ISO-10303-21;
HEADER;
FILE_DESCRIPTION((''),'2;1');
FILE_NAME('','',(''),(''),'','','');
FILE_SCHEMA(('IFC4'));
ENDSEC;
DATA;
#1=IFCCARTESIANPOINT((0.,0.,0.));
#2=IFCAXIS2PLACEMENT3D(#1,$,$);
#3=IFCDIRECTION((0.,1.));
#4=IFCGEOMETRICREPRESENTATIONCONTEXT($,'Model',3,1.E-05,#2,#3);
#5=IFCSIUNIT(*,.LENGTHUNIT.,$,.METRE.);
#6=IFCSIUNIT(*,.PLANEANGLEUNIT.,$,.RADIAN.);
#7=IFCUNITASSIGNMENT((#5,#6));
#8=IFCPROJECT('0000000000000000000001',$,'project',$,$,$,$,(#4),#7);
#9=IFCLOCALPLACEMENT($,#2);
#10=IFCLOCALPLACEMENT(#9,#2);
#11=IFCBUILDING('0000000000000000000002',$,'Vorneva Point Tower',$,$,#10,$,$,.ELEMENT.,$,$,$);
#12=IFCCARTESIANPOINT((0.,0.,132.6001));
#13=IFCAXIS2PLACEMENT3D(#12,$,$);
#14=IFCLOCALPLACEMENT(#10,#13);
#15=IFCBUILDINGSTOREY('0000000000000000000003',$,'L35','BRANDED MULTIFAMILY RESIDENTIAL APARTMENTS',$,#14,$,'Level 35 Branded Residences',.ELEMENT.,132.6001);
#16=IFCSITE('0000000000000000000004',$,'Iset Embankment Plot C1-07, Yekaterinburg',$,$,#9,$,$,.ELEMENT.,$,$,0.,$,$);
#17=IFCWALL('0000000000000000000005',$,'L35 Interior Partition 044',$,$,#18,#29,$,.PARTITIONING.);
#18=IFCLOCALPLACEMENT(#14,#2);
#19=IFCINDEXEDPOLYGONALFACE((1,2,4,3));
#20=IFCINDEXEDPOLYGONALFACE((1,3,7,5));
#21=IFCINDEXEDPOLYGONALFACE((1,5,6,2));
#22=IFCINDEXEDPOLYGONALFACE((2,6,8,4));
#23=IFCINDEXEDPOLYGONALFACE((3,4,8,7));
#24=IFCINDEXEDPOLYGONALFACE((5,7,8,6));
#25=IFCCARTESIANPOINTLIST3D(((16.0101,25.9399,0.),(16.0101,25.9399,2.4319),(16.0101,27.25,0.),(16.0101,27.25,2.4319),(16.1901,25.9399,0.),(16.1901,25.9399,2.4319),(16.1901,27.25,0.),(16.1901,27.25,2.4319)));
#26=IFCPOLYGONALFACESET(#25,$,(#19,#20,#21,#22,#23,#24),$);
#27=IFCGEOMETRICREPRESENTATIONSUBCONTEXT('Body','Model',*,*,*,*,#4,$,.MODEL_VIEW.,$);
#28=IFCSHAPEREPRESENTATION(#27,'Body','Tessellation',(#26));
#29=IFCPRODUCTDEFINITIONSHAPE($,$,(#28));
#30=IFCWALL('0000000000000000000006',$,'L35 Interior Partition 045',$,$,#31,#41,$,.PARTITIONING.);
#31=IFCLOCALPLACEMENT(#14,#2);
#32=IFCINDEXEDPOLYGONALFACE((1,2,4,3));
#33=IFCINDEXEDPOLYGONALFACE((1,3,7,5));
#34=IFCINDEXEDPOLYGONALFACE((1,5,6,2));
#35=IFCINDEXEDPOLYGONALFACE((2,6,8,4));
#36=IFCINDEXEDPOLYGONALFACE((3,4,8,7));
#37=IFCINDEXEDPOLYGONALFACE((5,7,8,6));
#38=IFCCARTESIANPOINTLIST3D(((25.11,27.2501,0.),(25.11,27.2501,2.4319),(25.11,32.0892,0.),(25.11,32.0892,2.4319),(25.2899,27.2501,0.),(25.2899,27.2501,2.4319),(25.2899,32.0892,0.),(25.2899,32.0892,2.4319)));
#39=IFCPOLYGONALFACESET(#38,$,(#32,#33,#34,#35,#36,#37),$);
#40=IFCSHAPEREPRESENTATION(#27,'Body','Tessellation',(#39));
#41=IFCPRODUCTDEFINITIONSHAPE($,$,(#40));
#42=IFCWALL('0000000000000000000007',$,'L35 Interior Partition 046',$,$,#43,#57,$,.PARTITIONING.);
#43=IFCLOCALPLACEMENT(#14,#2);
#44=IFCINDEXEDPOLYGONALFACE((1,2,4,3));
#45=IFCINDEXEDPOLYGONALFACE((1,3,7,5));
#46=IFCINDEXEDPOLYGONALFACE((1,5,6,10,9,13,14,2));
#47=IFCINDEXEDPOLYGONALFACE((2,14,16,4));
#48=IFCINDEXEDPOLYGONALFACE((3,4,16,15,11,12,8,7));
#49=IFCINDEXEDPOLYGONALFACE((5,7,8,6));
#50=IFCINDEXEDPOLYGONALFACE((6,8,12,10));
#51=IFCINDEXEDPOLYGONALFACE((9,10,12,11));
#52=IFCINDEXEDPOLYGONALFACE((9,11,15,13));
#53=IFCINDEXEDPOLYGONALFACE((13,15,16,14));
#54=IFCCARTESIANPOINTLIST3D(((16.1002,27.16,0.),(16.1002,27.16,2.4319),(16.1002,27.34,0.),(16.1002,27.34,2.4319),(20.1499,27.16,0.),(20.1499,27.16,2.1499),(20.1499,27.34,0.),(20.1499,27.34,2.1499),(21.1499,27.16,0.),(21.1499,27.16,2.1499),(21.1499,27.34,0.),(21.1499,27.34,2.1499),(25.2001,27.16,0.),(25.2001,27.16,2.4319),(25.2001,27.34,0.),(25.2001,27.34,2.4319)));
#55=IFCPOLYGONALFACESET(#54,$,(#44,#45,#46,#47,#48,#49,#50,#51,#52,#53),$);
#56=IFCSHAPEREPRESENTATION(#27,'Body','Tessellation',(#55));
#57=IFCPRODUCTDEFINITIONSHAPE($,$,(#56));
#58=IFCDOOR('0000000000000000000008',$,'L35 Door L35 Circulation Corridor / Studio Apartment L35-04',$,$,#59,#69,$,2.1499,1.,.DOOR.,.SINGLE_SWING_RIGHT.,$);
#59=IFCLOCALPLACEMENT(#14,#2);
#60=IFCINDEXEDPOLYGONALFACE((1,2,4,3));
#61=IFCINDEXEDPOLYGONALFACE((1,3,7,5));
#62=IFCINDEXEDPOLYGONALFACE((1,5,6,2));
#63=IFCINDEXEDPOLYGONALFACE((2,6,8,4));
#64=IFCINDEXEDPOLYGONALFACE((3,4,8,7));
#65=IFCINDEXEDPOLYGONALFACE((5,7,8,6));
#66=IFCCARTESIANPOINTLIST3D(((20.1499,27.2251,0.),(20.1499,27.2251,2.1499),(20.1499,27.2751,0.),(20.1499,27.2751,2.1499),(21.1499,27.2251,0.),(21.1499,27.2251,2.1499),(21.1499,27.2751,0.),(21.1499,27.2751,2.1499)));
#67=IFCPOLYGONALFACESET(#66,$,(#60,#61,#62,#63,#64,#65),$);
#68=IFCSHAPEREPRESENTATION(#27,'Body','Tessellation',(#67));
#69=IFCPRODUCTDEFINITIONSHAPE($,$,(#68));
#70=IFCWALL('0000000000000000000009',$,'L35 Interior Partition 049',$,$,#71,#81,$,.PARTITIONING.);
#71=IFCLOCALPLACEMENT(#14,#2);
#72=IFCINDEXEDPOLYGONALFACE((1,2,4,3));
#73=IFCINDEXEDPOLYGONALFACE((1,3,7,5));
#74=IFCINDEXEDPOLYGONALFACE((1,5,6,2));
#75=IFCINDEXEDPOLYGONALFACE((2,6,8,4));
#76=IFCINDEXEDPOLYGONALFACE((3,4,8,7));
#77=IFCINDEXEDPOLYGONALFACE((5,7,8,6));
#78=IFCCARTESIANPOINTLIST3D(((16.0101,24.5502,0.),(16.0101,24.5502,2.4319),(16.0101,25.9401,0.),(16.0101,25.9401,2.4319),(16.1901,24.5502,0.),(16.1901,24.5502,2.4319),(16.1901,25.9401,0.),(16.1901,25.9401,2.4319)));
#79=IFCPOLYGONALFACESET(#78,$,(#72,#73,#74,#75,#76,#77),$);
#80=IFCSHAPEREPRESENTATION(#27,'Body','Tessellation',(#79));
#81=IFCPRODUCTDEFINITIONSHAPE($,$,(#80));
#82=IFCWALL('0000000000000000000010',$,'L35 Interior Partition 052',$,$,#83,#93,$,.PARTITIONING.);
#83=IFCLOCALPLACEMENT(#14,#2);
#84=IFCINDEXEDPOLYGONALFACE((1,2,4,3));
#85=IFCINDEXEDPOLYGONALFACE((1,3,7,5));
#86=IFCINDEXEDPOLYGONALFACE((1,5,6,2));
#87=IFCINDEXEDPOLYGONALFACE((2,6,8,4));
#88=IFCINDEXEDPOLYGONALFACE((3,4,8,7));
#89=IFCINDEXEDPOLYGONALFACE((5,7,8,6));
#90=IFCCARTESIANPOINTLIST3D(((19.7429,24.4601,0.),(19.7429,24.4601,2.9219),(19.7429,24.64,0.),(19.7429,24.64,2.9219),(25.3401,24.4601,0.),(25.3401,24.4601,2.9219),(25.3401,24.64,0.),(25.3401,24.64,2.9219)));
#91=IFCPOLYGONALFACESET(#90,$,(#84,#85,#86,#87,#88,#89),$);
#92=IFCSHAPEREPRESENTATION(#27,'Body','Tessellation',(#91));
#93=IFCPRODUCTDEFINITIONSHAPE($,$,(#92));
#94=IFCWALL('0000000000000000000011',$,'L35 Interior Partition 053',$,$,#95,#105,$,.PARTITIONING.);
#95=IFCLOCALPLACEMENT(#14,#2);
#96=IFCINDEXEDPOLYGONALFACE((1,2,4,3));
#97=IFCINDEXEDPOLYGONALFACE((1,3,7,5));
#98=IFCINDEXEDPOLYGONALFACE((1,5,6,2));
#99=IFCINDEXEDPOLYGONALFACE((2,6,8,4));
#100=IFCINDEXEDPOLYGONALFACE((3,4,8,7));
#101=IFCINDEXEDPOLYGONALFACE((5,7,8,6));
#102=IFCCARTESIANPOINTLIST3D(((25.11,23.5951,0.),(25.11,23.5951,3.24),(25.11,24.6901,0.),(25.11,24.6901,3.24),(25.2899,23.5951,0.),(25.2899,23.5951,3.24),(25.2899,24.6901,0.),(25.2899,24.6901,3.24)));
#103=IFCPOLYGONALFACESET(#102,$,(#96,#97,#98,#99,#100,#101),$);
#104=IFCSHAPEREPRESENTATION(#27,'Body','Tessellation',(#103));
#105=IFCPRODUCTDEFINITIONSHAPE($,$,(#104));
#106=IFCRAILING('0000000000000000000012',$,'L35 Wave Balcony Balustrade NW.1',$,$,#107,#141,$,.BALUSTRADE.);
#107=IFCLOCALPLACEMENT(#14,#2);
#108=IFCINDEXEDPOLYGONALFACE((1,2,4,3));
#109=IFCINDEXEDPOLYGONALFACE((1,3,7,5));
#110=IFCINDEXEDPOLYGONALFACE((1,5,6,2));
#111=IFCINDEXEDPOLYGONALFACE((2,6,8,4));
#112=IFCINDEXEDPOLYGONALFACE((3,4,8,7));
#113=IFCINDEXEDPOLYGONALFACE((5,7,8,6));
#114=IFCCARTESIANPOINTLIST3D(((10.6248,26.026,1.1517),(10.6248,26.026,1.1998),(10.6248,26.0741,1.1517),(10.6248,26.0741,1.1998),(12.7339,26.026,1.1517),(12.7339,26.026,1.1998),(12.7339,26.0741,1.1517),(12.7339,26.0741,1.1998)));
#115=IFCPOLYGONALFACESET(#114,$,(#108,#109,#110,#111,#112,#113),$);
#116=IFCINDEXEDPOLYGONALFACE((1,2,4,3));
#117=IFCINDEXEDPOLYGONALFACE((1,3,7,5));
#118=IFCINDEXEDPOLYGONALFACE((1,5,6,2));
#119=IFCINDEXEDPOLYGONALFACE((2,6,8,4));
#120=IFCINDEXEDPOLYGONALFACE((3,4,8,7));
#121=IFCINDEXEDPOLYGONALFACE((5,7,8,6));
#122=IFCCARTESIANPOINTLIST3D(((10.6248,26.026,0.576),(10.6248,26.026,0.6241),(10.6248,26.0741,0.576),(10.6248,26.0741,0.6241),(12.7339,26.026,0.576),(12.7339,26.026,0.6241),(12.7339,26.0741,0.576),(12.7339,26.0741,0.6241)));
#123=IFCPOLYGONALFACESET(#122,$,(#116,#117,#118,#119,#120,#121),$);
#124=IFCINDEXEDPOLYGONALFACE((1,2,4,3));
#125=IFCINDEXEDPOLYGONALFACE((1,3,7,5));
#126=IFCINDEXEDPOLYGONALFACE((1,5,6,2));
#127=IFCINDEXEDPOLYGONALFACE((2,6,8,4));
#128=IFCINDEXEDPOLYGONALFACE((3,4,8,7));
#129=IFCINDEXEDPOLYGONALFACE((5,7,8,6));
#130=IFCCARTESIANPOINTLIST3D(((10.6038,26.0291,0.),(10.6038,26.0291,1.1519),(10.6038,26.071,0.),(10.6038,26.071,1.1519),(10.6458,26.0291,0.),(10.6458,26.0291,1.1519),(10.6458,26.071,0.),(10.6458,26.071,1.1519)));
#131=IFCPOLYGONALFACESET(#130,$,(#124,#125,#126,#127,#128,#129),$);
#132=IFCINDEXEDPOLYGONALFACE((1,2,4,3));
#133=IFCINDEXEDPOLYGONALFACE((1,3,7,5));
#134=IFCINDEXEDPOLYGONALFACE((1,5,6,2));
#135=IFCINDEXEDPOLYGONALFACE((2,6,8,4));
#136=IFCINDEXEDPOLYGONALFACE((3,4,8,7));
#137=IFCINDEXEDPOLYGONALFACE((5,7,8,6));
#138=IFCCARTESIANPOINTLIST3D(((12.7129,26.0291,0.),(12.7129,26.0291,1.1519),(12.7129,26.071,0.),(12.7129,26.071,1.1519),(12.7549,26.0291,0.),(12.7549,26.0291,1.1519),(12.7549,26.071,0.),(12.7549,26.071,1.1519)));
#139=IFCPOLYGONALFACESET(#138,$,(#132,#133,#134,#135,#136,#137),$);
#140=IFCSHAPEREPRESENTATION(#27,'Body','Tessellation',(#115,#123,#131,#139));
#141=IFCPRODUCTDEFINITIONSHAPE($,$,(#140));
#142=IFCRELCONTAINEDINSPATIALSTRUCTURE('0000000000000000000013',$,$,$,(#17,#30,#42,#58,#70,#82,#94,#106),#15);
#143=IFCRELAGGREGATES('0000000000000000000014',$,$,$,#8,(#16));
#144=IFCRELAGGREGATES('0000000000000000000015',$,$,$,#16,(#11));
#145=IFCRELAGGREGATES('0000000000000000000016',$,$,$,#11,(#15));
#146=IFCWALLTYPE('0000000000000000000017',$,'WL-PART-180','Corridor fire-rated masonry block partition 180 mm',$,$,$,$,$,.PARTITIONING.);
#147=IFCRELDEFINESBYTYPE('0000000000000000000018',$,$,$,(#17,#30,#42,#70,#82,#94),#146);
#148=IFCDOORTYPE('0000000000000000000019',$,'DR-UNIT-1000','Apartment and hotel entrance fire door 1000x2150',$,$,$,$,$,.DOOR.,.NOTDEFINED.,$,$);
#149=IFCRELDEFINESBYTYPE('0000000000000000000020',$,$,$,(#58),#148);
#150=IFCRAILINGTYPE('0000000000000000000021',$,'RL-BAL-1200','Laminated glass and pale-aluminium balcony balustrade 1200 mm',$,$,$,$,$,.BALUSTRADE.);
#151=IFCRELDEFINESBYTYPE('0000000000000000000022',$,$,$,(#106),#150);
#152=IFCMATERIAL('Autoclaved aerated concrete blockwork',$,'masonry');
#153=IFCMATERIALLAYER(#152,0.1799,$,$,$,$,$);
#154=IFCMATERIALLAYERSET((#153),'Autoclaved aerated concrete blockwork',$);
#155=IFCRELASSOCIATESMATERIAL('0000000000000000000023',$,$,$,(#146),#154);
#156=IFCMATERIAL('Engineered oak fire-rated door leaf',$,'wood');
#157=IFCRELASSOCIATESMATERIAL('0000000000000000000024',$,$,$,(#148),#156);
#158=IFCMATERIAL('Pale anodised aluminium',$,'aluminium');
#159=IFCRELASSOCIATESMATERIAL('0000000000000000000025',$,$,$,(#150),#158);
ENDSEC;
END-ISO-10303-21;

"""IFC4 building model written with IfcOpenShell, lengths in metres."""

from ifc_helpers import new_model, si_unit, direction, frame, frame_2d, origin, origin_2d, place, context, subcontext, project, spatial, rectangle, extrude, material, layer, layer_set, type_object, element, fill, save


model = new_model("IFC4")

# Units and contexts
model_context = context("Model", 3, precision=1e-05, world=origin(), true_north=direction((0.0, 1.0)))
body_context = subcontext(model_context, "Body", "Model", "MODEL_VIEW")
ifc_project = project(units=[si_unit("LENGTHUNIT", "METRE"), si_unit("PLANEANGLEUNIT", "RADIAN")], contexts=[model_context])

# Site, building, storey
site_placement = place(None, origin())
site = spatial("IfcSite", under=ifc_project, at=site_placement, Name="Iset Embankment Plot C1-07, Yekaterinburg", CompositionType="ELEMENT", RefElevation=0.0)
building_placement = place(site_placement, origin())
building = spatial("IfcBuilding", under=site, at=building_placement, Name="Vorneva Point Tower", CompositionType="ELEMENT")
storey_placement = place(building_placement, frame((0.0, 0.0, 132.6001)))
storey = spatial("IfcBuildingStorey", under=building, at=storey_placement, Name="L35", Description="BRANDED MULTIFAMILY RESIDENTIAL APARTMENTS", LongName="Level 35 Branded Residences", CompositionType="ELEMENT", Elevation=132.6001)

# Shared definitions
ifc_material_1 = material(Name="Pale anodised aluminium", Category="aluminium")

# Walls
ifc_material_2 = material(Name="Autoclaved aerated concrete blockwork", Category="masonry")
ifc_layer_1 = layer(ifc_material_2, 0.1799)
ifc_layer_set_1 = layer_set([ifc_layer_1], Name="Autoclaved aerated concrete blockwork")
wall_type_1 = type_object("IfcWallType", Name="WL-PART-180", Description="Corridor fire-rated masonry block partition 180 mm", PredefinedType="PARTITIONING", material=ifc_layer_set_1)
wall_1_placement = place(storey_placement, frame((16.1001, 27.25, 0.0), z_axis=(0.0, 0.0, 1.0), x_axis=(0.0, -1.0, 0.0)))
element("IfcWall", 1, at=wall_1_placement, inside=storey, type_object=wall_type_1, Name="L35 Interior Partition 044", PredefinedType="PARTITIONING", context=body_context, shape_type="SweptSolid", body=[
    extrude(rectangle(XDim=1.3101, YDim=0.1799, at=frame_2d((0.655, 0.0))), origin(), (0.0, 0.0, 1.0), 2.4319),
])
wall_2_placement = place(storey_placement, frame((25.2, 32.0891, 0.0), z_axis=(0.0, 0.0, 1.0), x_axis=(0.0, -1.0, 0.0)))
element("IfcWall", 2, at=wall_2_placement, inside=storey, type_object=wall_type_1, Name="L35 Interior Partition 045", PredefinedType="PARTITIONING", context=body_context, shape_type="SweptSolid", body=[
    extrude(rectangle(XDim=4.8391, YDim=0.1799, at=frame_2d((2.4194, 0.0))), origin(), (0.0, 0.0, 1.0), 2.4319),
])

# Wall, opening, door
wall_3_placement = place(storey_placement, frame((25.2, 27.25, 0.0), z_axis=(0.0, 0.0, 1.0), x_axis=(-1.0, 0.0, 0.0)))
wall_3 = element("IfcWall", 3, at=wall_3_placement, inside=storey, type_object=wall_type_1, Name="L35 Interior Partition 046", PredefinedType="PARTITIONING", context=body_context, shape_type="SweptSolid", body=[
    extrude(rectangle(XDim=9.0999, YDim=0.1799, at=frame_2d((4.5498, 0.0))), origin(), (0.0, 0.0, 1.0), 2.4319),
])
opening_placement = place(wall_3_placement, frame((4.05, 0.0, 0.0)))
opening = element("IfcOpeningElement", 4, at=opening_placement, cuts=wall_3, PredefinedType="OPENING", context=body_context, shape_type="SweptSolid", body=[
    extrude(rectangle(XDim=1.0, YDim=2.1499, at=frame_2d((0.5, 1.075))), frame((0.0, 0.105, 0.0), z_axis=(0.0, -1.0, 0.0), x_axis=(1.0, 0.0, 0.0)), (0.0, 0.0, 1.0), 0.2097),
])
ifc_material_3 = material(Name="Engineered oak fire-rated door leaf", Category="wood")
door_type = type_object("IfcDoorType", Name="DR-UNIT-1000", Description="Apartment and hotel entrance fire door 1000x2150", OperationType="NOTDEFINED", PredefinedType="DOOR", material=ifc_material_3)
door_placement = place(opening_placement, origin())
door = element("IfcDoor", 5, at=door_placement, inside=storey, type_object=door_type, Name="L35 Door L35 Circulation Corridor / Studio Apartment L35-04", OperationType="SINGLE_SWING_RIGHT", OverallHeight=2.1499, OverallWidth=1.0, PredefinedType="DOOR", context=body_context, shape_type="SweptSolid", body=[
    extrude(rectangle(XDim=1.0, YDim=2.1499, at=frame_2d((0.5, 1.075))), frame((0.0, 0.0249, 0.0), z_axis=(0.0, -1.0, 0.0), x_axis=(1.0, 0.0, 0.0)), (0.0, 0.0, 1.0), 0.05),
])
fill(opening, door)

# Walls
wall_4_placement = place(storey_placement, frame((16.1001, 25.9399, 0.0), z_axis=(0.0, 0.0, 1.0), x_axis=(0.0, -1.0, 0.0)))
element("IfcWall", 6, at=wall_4_placement, inside=storey, type_object=wall_type_1, Name="L35 Interior Partition 049", PredefinedType="PARTITIONING", context=body_context, shape_type="SweptSolid", body=[
    extrude(rectangle(XDim=1.3899, YDim=0.1799, at=frame_2d((0.6948, 0.0))), origin(), (0.0, 0.0, 1.0), 2.4319),
])
wall_5_placement = place(storey_placement, frame((19.7429, 24.55, 0.0), z_axis=(0.0, 0.0, 1.0), x_axis=(1.0, 0.0, 0.0)))
element("IfcWall", 7, at=wall_5_placement, inside=storey, type_object=wall_type_1, Name="L35 Interior Partition 052", PredefinedType="PARTITIONING", context=body_context, shape_type="SweptSolid", body=[
    extrude(rectangle(XDim=5.5972, YDim=0.1799, at=frame_2d((2.7986, 0.0))), origin(), (0.0, 0.0, 1.0), 2.9219),
])
wall_6_placement = place(storey_placement, frame((25.2, 24.6899, 0.0), z_axis=(0.0, 0.0, 1.0), x_axis=(0.0, -1.0, 0.0)))
element("IfcWall", 8, at=wall_6_placement, inside=storey, type_object=wall_type_1, Name="L35 Interior Partition 053", PredefinedType="PARTITIONING", context=body_context, shape_type="SweptSolid", body=[
    extrude(rectangle(XDim=1.095, YDim=0.1799, at=frame_2d((0.5474, 0.0))), origin(), (0.0, 0.0, 1.0), 3.24),
])

# Railing
railing_type = type_object("IfcRailingType", Name="RL-BAL-1200", Description="Laminated glass and pale-aluminium balcony balustrade 1200 mm", PredefinedType="BALUSTRADE", material=ifc_material_1)
railing_placement = place(storey_placement, frame((10.6248, 26.05, 0.0)))
element("IfcRailing", 9, at=railing_placement, inside=storey, type_object=railing_type, Name="L35 Wave Balcony Balustrade NW.1", PredefinedType="BALUSTRADE", context=body_context, shape_type="SweptSolid", body=[
    extrude(rectangle(XDim=0.0481, YDim=0.0481, at=origin_2d()), frame((0.0, 0.0, 1.1758), z_axis=(1.0, 0.0, 0.0), x_axis=(0.0, 1.0, 0.0)), (0.0, 0.0, 1.0), 2.1091),
    extrude(rectangle(XDim=0.0481, YDim=0.0481, at=origin_2d()), frame((0.0, 0.0, 0.6001), z_axis=(1.0, 0.0, 0.0), x_axis=(0.0, 1.0, 0.0)), (0.0, 0.0, 1.0), 2.1091),
    extrude(rectangle(XDim=0.042, YDim=0.042, at=origin_2d()), origin(), (0.0, 0.0, 1.0), 1.1519),
    extrude(rectangle(XDim=0.042, YDim=0.042, at=origin_2d()), frame((2.1091, 0.0, 0.0)), (0.0, 0.0, 1.0), 1.1519),
])

save(model, "model.ifc")
